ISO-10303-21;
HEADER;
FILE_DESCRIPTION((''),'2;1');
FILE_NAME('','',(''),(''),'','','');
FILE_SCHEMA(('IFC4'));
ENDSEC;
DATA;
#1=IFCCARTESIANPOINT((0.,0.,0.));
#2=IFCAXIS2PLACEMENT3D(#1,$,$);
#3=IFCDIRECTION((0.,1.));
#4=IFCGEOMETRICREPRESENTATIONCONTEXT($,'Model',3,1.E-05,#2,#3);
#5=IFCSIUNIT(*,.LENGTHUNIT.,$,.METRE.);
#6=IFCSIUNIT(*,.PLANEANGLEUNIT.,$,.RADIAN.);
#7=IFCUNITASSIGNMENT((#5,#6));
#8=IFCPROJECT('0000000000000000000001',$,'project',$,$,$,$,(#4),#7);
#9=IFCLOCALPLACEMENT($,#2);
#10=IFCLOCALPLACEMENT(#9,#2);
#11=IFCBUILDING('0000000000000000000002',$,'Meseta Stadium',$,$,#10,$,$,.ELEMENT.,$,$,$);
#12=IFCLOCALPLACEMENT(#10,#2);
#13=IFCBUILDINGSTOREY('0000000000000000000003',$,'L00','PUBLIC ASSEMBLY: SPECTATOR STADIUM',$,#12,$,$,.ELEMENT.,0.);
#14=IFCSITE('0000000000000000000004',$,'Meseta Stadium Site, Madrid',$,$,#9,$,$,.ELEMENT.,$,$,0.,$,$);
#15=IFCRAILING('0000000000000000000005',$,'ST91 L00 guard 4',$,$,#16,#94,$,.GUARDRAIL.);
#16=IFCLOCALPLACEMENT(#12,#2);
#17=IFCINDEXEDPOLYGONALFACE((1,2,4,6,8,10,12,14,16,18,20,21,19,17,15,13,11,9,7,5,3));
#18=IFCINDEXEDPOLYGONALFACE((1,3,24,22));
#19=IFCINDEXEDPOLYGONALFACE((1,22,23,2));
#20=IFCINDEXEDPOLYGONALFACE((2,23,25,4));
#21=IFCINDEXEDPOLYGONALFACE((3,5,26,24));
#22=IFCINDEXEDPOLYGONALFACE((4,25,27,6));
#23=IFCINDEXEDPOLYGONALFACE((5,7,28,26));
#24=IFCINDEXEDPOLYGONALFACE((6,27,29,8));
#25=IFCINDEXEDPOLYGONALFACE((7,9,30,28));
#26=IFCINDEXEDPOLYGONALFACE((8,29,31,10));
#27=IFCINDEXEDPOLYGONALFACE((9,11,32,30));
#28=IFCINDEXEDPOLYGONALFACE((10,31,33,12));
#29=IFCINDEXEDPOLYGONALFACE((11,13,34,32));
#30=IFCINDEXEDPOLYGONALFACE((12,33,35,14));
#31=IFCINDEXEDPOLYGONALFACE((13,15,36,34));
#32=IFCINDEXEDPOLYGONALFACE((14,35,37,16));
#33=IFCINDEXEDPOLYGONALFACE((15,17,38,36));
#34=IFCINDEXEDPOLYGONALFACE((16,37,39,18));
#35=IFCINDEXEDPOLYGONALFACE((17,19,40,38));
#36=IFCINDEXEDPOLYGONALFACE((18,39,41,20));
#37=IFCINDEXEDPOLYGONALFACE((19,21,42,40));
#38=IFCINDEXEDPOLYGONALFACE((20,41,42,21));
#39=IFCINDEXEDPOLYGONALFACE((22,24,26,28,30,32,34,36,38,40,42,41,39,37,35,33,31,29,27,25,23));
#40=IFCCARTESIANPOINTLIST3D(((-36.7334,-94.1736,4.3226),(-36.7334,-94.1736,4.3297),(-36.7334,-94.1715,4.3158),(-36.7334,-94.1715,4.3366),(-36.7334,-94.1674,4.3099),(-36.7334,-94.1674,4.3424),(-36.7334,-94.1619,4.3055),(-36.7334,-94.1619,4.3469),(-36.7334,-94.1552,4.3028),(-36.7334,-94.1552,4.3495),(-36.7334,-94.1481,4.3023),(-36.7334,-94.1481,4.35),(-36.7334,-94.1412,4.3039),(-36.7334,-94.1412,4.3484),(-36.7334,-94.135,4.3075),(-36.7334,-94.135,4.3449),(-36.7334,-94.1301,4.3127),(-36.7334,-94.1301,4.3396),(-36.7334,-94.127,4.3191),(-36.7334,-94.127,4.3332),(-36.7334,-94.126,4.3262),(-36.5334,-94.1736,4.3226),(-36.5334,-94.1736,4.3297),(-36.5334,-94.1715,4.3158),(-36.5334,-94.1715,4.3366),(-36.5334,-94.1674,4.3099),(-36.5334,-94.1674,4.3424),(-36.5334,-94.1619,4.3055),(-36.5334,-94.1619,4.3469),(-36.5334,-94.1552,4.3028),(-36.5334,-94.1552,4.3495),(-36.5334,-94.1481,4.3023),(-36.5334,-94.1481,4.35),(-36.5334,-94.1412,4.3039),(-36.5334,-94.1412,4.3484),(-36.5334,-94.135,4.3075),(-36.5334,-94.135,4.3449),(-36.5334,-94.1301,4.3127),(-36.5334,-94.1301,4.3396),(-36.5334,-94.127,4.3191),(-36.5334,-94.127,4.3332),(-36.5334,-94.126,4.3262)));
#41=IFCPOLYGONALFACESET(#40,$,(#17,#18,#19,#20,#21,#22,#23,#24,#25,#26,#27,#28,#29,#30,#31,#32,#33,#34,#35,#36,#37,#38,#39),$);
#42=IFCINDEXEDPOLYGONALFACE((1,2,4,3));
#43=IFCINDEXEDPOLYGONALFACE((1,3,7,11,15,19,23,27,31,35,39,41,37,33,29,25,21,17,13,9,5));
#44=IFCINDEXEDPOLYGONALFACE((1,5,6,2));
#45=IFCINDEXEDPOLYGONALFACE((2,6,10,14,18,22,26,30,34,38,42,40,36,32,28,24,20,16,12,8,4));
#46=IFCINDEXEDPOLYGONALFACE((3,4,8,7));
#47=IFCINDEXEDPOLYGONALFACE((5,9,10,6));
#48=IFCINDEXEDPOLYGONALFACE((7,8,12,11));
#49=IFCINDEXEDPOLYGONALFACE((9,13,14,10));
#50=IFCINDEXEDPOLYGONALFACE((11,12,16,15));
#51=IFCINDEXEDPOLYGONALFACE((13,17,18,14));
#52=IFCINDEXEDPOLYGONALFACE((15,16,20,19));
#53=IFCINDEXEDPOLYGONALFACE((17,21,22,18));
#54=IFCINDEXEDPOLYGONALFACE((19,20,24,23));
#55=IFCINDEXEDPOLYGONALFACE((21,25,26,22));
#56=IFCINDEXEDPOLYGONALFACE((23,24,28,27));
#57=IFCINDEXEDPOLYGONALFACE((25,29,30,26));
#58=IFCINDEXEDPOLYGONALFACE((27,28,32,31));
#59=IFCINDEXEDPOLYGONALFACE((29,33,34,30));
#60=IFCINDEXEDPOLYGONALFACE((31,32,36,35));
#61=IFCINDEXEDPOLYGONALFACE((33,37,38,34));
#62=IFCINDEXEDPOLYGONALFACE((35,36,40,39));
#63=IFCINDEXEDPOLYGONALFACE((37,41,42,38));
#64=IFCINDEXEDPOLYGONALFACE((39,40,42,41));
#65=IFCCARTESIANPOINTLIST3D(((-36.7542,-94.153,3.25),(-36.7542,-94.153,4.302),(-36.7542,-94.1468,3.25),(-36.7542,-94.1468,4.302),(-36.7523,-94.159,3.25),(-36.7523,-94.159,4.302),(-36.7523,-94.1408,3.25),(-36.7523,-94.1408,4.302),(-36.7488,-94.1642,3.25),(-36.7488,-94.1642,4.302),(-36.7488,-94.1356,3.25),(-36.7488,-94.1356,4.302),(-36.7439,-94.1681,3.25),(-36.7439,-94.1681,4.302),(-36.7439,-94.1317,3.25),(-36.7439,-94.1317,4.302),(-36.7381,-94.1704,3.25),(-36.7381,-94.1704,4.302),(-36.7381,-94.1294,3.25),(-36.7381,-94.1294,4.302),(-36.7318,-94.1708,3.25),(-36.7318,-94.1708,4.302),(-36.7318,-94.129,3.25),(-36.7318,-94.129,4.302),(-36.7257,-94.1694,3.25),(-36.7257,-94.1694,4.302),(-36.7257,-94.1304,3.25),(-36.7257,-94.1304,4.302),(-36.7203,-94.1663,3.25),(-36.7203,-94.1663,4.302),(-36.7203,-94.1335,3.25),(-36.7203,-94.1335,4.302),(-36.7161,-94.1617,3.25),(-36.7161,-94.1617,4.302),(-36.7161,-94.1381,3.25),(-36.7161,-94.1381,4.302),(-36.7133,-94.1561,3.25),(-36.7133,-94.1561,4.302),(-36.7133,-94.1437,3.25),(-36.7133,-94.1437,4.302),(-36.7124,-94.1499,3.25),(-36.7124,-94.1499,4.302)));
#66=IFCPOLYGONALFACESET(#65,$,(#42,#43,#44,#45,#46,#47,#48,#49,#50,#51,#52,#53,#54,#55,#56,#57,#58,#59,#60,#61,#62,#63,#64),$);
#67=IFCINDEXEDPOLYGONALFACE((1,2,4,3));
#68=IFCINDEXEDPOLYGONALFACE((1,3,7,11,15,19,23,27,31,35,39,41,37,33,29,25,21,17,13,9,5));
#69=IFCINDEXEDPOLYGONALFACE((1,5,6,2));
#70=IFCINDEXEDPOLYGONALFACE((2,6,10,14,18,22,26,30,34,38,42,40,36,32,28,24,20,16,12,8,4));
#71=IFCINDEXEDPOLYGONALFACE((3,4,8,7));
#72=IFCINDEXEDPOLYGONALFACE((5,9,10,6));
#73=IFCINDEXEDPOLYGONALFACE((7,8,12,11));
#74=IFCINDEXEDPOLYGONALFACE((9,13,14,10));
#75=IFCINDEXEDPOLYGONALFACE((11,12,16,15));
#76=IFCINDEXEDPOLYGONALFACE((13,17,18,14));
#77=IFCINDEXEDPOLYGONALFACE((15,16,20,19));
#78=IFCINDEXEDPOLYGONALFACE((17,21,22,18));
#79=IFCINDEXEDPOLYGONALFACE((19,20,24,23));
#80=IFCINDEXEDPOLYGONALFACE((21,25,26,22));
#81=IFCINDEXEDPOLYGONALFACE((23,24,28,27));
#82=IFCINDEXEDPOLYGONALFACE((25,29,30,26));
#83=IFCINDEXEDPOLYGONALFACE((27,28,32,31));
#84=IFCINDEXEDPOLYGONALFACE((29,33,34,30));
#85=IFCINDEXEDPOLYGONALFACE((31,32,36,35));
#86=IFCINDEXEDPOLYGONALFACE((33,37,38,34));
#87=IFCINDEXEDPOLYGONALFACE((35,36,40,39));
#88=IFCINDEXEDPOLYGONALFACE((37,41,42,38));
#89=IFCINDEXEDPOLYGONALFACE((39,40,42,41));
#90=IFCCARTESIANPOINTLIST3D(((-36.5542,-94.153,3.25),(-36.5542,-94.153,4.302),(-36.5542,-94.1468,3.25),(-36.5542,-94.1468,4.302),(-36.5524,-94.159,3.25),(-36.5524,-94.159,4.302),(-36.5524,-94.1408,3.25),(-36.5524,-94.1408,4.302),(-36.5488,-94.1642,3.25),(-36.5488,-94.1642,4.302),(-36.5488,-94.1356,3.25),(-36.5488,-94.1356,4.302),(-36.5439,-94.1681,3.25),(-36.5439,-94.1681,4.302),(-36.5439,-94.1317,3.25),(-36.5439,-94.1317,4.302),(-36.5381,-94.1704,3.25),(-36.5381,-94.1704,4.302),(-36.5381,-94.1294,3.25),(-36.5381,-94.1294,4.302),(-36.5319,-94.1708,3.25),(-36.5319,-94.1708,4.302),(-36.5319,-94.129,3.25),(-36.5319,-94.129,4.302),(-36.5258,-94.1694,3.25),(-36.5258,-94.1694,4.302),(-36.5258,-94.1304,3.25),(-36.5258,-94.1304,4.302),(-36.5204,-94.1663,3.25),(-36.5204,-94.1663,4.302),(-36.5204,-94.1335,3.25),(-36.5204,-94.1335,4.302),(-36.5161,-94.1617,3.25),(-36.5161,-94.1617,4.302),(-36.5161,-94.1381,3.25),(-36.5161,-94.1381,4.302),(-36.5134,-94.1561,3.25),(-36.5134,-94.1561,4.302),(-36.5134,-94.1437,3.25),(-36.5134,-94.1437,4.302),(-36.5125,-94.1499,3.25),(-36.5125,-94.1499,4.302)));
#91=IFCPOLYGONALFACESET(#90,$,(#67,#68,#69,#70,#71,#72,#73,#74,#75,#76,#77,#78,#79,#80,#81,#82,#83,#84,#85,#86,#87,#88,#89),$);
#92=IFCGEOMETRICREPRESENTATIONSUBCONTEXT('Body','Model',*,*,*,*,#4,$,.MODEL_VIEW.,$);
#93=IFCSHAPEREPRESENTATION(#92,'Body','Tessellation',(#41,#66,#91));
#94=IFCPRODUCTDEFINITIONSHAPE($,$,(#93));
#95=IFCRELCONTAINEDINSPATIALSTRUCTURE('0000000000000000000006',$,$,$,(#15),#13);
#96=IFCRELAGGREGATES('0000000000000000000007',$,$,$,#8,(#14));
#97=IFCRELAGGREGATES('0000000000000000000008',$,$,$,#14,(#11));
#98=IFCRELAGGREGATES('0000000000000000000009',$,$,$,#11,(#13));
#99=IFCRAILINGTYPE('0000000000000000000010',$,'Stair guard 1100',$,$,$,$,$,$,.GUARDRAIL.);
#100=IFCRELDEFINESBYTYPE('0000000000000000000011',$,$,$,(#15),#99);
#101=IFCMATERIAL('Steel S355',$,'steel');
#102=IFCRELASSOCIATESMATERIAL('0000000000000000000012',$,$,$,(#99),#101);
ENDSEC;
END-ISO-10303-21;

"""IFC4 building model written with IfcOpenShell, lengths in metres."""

from ifc_helpers import new_model, si_unit, direction, frame, origin, origin_2d, place, context, subcontext, project, spatial, circle, extrude, material, type_object, element, save


model = new_model("IFC4")

# Units and contexts
model_context = context("Model", 3, precision=1e-05, world=origin(), true_north=direction((0.0, 1.0)))
body_context = subcontext(model_context, "Body", "Model", "MODEL_VIEW")
ifc_project = project(units=[si_unit("LENGTHUNIT", "METRE"), si_unit("PLANEANGLEUNIT", "RADIAN")], contexts=[model_context])

# Site, building, storey
site_placement = place(None, origin())
site = spatial("IfcSite", under=ifc_project, at=site_placement, Name="Meseta Stadium Site, Madrid", CompositionType="ELEMENT", RefElevation=0.0)
building_placement = place(site_placement, origin())
building = spatial("IfcBuilding", under=site, at=building_placement, Name="Meseta Stadium", CompositionType="ELEMENT")
storey_placement = place(building_placement, origin())
storey = spatial("IfcBuildingStorey", under=building, at=storey_placement, Name="L00", Description="PUBLIC ASSEMBLY: SPECTATOR STADIUM", CompositionType="ELEMENT", Elevation=0.0)

# Railing
ifc_material_1 = material(Name="Steel S355", Category="steel")
railing_type_1 = type_object("IfcRailingType", Name="Stair guard 1100", PredefinedType="GUARDRAIL", material=ifc_material_1)
railing_1_placement = place(storey_placement, frame((-36.7334, -94.1499, 3.25)))
element("IfcRailing", 1, at=railing_1_placement, inside=storey, type_object=railing_type_1, Name="ST91 L00 guard 4", PredefinedType="GUARDRAIL", context=body_context, shape_type="SweptSolid", body=[
    extrude(circle(Radius=0.0239, at=origin_2d()), frame((0.0, 0.0, 1.0762), z_axis=(1.0, 0.0, 0.0), x_axis=(0.0, 1.0, 0.0)), (0.0, 0.0, 1.0), 0.2),
    extrude(circle(Radius=0.021, at=origin_2d()), origin(), (0.0, 0.0, 1.0), 1.052),
    extrude(circle(Radius=0.021, at=origin_2d()), frame((0.2, 0.0, 0.0)), (0.0, 0.0, 1.0), 1.052),
])

save(model, "model.ifc")
